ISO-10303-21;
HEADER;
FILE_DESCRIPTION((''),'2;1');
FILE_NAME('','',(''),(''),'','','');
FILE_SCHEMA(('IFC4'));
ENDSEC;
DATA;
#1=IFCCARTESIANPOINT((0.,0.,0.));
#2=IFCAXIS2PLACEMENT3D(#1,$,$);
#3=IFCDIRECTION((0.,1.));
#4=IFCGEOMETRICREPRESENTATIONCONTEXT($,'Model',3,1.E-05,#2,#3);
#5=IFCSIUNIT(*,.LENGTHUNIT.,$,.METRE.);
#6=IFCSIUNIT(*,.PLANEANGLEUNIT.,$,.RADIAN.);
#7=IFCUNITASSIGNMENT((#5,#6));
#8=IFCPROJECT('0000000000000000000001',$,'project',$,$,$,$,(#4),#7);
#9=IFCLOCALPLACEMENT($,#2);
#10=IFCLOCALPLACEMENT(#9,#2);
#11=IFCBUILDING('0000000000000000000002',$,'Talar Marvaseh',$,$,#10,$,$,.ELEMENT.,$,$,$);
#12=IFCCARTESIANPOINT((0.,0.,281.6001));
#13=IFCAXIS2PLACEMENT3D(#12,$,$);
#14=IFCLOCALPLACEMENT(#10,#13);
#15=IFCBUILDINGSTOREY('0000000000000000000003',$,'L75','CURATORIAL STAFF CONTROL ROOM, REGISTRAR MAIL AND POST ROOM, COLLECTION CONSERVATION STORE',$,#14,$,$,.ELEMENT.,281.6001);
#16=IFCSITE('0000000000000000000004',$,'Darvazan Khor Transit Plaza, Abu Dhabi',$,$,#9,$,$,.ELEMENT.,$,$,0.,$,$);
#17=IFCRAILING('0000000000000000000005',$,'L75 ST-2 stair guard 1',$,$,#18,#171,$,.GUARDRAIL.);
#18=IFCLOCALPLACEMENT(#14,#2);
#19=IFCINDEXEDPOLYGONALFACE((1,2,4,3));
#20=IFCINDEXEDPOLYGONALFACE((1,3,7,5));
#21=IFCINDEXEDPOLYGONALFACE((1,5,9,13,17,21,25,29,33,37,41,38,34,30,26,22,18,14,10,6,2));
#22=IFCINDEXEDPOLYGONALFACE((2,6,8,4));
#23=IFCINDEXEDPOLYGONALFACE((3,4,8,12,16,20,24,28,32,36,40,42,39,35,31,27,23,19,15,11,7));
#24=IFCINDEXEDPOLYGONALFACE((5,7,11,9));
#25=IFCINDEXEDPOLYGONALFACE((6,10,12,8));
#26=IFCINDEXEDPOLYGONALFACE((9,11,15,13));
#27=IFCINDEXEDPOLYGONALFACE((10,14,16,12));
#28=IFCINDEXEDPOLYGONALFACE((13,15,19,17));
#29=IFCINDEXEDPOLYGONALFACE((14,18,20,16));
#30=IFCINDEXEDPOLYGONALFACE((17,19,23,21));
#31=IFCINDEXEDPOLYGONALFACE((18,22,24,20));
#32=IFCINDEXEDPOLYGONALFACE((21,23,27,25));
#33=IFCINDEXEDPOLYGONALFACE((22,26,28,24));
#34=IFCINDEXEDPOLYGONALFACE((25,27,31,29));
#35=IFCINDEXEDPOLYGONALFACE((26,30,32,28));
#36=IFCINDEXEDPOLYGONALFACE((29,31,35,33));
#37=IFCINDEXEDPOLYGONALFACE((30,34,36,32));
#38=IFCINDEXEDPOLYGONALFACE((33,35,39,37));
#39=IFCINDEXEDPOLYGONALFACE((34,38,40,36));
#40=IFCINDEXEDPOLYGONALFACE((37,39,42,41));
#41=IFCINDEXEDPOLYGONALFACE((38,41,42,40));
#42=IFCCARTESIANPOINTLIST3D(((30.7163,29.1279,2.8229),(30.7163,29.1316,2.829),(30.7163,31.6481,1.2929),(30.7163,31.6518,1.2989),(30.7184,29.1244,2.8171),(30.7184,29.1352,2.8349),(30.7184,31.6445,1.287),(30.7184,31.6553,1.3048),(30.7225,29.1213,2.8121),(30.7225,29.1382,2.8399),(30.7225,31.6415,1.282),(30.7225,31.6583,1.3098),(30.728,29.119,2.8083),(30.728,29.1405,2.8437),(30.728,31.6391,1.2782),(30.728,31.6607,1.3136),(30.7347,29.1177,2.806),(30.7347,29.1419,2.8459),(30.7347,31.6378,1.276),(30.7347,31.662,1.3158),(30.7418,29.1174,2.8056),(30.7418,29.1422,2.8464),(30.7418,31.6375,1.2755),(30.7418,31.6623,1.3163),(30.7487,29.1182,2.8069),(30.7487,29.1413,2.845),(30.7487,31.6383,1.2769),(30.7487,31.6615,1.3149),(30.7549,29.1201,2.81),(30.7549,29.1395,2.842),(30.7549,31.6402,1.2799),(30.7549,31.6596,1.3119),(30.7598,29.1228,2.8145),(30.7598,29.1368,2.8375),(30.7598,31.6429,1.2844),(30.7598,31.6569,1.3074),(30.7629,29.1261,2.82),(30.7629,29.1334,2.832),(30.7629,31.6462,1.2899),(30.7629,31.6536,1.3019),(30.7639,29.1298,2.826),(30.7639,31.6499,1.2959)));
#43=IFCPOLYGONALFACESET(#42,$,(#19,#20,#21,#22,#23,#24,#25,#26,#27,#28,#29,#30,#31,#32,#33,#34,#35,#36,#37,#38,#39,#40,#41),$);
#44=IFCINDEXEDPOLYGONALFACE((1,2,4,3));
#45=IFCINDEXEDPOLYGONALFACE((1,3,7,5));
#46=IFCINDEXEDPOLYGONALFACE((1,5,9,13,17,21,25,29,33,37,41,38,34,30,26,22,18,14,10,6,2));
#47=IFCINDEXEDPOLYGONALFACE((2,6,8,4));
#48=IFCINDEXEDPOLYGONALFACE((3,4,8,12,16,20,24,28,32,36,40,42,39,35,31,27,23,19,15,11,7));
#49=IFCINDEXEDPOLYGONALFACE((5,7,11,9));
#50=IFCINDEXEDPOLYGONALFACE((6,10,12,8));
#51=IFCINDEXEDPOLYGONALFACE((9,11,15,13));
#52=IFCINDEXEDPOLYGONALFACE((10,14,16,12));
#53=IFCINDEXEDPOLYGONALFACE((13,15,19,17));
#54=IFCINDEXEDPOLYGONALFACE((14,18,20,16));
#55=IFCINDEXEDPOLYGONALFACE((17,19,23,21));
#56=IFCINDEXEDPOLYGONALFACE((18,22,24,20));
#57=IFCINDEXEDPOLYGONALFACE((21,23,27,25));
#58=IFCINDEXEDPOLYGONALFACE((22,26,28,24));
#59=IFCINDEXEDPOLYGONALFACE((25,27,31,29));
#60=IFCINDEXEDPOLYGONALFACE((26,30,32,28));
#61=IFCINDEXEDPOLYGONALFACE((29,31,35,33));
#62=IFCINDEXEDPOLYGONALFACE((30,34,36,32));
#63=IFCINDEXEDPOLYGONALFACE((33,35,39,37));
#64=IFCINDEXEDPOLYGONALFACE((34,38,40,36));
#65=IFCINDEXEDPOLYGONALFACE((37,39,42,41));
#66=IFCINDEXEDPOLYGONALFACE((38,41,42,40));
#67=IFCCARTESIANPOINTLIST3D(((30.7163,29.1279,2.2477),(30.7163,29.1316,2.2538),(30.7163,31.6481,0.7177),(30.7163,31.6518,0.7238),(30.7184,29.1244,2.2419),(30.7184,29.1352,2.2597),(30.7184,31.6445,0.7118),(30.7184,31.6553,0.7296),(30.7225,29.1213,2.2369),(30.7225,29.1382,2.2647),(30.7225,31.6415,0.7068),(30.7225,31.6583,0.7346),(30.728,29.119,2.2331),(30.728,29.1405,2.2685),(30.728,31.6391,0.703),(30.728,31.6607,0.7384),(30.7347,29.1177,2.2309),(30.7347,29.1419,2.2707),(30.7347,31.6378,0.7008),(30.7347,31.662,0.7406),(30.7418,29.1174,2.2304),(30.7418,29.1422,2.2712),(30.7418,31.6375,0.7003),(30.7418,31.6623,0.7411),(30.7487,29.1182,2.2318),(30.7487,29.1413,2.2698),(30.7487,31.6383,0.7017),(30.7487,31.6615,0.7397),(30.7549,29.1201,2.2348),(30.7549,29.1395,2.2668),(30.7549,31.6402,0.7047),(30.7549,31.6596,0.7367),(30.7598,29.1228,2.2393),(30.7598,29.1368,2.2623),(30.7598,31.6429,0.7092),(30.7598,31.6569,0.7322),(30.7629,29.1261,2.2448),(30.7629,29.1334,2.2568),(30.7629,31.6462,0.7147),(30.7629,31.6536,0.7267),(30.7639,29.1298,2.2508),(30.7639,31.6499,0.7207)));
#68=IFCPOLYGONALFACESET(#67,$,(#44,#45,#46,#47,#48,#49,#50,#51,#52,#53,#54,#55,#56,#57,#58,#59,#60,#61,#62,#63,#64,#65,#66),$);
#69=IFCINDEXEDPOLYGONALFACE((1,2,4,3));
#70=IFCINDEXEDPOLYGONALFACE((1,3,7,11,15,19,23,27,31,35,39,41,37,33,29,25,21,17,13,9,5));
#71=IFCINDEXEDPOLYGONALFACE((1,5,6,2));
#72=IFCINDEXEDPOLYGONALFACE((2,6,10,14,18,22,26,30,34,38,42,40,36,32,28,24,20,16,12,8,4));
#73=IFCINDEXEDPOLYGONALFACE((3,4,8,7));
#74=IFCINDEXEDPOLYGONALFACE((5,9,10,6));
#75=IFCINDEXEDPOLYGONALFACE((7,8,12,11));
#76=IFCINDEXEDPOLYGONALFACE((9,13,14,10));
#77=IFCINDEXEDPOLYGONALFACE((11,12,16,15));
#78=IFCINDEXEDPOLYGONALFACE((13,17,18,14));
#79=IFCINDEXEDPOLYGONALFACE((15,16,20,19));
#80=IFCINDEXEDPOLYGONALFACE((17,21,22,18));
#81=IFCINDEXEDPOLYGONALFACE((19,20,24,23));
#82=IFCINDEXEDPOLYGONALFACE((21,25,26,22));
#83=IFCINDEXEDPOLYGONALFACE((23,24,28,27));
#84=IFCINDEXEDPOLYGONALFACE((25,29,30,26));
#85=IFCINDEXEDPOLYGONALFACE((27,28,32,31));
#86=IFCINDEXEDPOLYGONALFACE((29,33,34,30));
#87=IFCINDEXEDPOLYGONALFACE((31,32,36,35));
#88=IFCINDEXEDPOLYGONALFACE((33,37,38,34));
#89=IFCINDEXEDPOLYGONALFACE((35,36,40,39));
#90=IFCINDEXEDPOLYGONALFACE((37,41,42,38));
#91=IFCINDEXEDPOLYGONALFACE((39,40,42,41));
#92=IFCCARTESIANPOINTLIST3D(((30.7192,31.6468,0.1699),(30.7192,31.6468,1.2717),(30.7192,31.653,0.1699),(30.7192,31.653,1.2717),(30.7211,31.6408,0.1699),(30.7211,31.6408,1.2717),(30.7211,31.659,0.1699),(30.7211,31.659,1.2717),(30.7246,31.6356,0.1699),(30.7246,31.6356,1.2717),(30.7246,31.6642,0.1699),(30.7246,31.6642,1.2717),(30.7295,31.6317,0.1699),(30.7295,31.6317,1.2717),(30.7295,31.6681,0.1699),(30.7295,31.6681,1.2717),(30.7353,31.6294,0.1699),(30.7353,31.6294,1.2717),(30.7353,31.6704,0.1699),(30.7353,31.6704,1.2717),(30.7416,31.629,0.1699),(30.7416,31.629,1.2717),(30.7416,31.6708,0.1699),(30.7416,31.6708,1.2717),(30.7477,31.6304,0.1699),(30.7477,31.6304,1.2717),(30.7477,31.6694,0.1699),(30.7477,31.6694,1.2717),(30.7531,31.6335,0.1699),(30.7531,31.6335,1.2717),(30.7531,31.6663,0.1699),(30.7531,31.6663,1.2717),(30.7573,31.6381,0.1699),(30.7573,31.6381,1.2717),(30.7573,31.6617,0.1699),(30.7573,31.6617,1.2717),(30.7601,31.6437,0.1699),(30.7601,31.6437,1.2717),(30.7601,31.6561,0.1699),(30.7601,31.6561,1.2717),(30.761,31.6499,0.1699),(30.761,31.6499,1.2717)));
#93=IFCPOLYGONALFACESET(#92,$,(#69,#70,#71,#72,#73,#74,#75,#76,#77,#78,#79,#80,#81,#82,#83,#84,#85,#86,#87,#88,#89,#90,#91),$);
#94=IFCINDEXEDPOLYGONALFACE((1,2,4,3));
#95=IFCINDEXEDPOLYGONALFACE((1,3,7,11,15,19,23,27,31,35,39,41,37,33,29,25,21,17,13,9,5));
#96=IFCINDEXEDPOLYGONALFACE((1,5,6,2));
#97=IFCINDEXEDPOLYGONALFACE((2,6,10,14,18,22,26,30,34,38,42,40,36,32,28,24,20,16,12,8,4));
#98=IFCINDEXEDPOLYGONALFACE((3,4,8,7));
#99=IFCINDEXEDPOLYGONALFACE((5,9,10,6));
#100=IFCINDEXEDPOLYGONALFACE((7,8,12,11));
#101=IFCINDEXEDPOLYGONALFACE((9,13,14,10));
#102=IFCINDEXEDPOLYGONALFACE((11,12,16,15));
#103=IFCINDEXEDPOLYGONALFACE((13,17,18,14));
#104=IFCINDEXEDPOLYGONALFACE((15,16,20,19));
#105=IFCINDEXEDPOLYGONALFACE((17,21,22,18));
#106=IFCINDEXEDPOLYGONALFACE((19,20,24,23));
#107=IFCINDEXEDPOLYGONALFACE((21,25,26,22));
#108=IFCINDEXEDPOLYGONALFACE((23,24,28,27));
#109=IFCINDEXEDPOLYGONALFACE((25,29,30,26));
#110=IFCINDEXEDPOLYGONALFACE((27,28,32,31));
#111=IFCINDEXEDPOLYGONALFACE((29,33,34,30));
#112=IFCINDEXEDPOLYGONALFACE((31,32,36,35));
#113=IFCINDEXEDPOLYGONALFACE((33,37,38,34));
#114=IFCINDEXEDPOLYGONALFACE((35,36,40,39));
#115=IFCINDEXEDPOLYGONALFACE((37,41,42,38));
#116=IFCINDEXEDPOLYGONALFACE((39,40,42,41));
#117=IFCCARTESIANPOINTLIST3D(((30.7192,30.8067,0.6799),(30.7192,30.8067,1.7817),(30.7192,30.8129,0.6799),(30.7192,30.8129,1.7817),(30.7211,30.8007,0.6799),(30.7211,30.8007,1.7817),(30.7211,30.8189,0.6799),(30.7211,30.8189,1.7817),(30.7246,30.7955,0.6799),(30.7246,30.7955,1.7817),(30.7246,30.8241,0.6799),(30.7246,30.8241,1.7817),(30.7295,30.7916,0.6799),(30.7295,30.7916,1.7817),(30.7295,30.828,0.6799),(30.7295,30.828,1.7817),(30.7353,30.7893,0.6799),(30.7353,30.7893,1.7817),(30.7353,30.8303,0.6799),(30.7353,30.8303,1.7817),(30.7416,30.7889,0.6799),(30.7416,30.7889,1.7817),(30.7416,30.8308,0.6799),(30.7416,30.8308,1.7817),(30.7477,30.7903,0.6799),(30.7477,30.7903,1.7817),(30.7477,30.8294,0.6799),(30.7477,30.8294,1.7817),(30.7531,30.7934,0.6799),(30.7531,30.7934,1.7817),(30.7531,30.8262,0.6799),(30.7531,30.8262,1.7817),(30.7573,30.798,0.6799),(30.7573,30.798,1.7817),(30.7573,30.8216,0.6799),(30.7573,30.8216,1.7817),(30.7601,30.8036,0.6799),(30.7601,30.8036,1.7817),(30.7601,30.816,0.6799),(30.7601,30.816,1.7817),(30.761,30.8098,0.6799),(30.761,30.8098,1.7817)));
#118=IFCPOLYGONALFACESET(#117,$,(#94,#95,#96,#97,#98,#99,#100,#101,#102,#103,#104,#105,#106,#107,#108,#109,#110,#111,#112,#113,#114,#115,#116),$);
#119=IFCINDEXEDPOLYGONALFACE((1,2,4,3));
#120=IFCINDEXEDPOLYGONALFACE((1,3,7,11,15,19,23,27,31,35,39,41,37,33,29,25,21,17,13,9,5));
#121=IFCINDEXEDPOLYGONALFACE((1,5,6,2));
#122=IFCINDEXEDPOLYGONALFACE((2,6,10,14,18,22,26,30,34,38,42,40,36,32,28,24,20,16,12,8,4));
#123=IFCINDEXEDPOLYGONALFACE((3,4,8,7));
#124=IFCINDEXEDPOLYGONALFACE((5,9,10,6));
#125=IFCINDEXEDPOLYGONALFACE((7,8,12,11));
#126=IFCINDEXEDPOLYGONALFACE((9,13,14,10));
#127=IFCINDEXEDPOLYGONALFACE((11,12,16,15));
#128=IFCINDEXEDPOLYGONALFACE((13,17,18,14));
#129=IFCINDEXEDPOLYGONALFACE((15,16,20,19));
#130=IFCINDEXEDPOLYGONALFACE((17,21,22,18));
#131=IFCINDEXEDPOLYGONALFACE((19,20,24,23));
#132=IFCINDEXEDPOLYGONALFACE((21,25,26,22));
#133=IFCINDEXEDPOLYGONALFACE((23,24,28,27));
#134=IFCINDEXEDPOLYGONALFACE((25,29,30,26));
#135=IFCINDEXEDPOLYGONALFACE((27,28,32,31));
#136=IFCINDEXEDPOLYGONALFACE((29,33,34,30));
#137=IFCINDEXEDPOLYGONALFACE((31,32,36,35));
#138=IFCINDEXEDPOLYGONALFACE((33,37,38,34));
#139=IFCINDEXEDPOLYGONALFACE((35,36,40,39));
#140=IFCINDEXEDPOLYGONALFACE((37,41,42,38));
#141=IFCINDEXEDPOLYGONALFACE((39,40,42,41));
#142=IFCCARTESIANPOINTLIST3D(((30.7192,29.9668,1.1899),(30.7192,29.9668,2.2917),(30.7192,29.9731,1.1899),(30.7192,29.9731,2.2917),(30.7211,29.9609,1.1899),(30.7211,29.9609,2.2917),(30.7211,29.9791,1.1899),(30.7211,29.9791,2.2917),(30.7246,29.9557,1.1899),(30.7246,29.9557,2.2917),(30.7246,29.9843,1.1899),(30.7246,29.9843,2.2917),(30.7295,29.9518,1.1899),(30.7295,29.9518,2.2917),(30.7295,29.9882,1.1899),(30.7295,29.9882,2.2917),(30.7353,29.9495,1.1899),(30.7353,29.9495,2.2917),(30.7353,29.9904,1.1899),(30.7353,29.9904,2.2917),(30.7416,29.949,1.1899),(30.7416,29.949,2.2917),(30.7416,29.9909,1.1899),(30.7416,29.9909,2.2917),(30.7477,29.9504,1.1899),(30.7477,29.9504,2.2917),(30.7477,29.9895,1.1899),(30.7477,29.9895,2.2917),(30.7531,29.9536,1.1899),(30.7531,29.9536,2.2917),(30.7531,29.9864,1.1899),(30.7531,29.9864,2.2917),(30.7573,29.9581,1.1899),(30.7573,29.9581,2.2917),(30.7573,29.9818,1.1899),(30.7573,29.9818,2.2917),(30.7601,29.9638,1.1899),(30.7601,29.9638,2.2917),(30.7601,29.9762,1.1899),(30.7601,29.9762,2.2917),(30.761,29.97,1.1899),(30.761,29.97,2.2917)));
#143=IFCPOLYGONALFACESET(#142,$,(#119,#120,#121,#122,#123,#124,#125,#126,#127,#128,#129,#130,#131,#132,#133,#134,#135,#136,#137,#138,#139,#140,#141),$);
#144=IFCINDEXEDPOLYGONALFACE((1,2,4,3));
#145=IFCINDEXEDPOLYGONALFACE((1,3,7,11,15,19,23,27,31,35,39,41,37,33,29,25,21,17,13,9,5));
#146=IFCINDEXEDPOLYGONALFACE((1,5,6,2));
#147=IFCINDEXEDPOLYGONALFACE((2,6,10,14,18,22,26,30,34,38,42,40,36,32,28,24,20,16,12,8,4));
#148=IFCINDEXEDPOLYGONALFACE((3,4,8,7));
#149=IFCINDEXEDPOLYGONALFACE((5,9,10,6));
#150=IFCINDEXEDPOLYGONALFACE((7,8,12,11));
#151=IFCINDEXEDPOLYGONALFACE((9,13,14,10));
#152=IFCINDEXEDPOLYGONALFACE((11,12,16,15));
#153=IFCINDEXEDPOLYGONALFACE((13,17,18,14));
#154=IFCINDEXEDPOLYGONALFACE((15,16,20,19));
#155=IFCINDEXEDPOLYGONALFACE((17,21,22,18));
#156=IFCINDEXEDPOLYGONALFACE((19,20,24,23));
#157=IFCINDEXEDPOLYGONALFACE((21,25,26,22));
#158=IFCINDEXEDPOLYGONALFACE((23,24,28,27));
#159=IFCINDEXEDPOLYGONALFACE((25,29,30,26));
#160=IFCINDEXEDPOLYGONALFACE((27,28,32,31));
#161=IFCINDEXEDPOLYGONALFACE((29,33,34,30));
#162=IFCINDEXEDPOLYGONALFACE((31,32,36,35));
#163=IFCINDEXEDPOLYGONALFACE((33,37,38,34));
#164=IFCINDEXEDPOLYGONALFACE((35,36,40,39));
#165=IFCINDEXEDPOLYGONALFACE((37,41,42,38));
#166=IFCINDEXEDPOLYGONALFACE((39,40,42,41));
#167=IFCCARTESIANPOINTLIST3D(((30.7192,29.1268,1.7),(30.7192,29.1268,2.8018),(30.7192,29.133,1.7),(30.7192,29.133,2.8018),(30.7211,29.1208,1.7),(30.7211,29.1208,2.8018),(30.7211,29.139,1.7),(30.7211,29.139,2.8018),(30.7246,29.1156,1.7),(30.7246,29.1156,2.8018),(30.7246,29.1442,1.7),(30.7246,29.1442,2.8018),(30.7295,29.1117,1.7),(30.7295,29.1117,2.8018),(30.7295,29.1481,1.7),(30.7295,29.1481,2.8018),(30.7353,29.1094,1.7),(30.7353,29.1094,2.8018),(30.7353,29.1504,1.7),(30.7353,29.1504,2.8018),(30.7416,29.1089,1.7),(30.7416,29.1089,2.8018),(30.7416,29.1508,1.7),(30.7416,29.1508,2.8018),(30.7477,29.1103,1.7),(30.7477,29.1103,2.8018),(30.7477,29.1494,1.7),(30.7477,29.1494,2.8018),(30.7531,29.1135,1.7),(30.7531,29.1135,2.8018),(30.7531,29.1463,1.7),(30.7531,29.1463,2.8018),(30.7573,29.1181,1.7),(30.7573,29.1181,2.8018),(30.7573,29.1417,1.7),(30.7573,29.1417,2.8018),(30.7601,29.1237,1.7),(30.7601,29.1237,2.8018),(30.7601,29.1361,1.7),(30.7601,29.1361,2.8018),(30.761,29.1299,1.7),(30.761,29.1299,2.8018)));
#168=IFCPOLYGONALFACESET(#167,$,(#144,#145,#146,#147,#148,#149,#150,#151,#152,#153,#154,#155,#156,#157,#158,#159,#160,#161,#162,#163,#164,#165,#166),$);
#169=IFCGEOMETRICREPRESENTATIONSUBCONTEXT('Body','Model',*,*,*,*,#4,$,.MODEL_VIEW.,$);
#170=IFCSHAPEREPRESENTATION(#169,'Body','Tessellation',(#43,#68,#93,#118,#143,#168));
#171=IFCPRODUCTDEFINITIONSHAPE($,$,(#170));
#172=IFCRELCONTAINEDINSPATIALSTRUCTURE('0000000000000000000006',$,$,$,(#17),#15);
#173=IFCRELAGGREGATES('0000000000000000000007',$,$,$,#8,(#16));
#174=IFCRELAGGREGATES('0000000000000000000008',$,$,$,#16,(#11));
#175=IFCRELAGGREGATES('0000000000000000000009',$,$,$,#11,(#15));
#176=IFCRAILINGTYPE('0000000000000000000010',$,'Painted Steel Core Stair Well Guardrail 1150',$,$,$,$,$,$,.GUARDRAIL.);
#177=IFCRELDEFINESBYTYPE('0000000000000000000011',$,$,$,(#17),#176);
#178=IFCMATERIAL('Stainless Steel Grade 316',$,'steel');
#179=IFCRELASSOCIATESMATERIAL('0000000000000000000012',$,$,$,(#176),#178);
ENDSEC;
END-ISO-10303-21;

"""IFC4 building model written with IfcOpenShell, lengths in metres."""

from ifc_helpers import new_model, si_unit, direction, frame, origin, origin_2d, place, context, subcontext, project, spatial, circle, extrude, material, type_object, element, save


model = new_model("IFC4")

# Units and contexts
model_context = context("Model", 3, precision=1e-05, world=origin(), true_north=direction((0.0, 1.0)))
body_context = subcontext(model_context, "Body", "Model", "MODEL_VIEW")
ifc_project = project(units=[si_unit("LENGTHUNIT", "METRE"), si_unit("PLANEANGLEUNIT", "RADIAN")], contexts=[model_context])

# Site, building, storey
site_placement = place(None, origin())
site = spatial("IfcSite", under=ifc_project, at=site_placement, Name="Darvazan Khor Transit Plaza, Abu Dhabi", CompositionType="ELEMENT", RefElevation=0.0)
building_placement = place(site_placement, origin())
building = spatial("IfcBuilding", under=site, at=building_placement, Name="Talar Marvaseh", CompositionType="ELEMENT")
storey_placement = place(building_placement, frame((0.0, 0.0, 281.6001)))
storey = spatial("IfcBuildingStorey", under=building, at=storey_placement, Name="L75", Description="CURATORIAL STAFF CONTROL ROOM, REGISTRAR MAIL AND POST ROOM, COLLECTION CONSERVATION STORE", CompositionType="ELEMENT", Elevation=281.6001)

# Shared definitions
ifc_material_1 = material(Name="Stainless Steel Grade 316", Category="steel")

# Railing
railing_type_1 = type_object("IfcRailingType", Name="Painted Steel Core Stair Well Guardrail 1150", PredefinedType="GUARDRAIL", material=ifc_material_1)
railing_1_placement = place(storey_placement, frame((30.74, 31.6499, 0.1699)))
element("IfcRailing", 1, at=railing_1_placement, inside=storey, type_object=railing_type_1, Name="L75 ST-2 stair guard 1", PredefinedType="GUARDRAIL", context=body_context, shape_type="SweptSolid", body=[
    extrude(circle(Radius=0.0239, at=origin_2d()), frame((0.0, 0.0, 1.126), z_axis=(0.0, -0.854785, 0.518982), x_axis=(1.0, 0.0, 0.0)), (0.0, 0.0, 1.0), 2.9482),
    extrude(circle(Radius=0.0239, at=origin_2d()), frame((0.0, 0.0, 0.5508), z_axis=(0.0, -0.854785, 0.518982), x_axis=(1.0, 0.0, 0.0)), (0.0, 0.0, 1.0), 2.9482),
    extrude(circle(Radius=0.021, at=origin_2d()), origin(), (0.0, 0.0, 1.0), 1.1018),
    extrude(circle(Radius=0.021, at=origin_2d()), frame((0.0, -0.8401, 0.51)), (0.0, 0.0, 1.0), 1.1018),
    extrude(circle(Radius=0.021, at=origin_2d()), frame((0.0, -1.6799, 1.02)), (0.0, 0.0, 1.0), 1.1018),
    extrude(circle(Radius=0.021, at=origin_2d()), frame((0.0, -2.52, 1.53)), (0.0, 0.0, 1.0), 1.1018),
])

save(model, "model.ifc")
